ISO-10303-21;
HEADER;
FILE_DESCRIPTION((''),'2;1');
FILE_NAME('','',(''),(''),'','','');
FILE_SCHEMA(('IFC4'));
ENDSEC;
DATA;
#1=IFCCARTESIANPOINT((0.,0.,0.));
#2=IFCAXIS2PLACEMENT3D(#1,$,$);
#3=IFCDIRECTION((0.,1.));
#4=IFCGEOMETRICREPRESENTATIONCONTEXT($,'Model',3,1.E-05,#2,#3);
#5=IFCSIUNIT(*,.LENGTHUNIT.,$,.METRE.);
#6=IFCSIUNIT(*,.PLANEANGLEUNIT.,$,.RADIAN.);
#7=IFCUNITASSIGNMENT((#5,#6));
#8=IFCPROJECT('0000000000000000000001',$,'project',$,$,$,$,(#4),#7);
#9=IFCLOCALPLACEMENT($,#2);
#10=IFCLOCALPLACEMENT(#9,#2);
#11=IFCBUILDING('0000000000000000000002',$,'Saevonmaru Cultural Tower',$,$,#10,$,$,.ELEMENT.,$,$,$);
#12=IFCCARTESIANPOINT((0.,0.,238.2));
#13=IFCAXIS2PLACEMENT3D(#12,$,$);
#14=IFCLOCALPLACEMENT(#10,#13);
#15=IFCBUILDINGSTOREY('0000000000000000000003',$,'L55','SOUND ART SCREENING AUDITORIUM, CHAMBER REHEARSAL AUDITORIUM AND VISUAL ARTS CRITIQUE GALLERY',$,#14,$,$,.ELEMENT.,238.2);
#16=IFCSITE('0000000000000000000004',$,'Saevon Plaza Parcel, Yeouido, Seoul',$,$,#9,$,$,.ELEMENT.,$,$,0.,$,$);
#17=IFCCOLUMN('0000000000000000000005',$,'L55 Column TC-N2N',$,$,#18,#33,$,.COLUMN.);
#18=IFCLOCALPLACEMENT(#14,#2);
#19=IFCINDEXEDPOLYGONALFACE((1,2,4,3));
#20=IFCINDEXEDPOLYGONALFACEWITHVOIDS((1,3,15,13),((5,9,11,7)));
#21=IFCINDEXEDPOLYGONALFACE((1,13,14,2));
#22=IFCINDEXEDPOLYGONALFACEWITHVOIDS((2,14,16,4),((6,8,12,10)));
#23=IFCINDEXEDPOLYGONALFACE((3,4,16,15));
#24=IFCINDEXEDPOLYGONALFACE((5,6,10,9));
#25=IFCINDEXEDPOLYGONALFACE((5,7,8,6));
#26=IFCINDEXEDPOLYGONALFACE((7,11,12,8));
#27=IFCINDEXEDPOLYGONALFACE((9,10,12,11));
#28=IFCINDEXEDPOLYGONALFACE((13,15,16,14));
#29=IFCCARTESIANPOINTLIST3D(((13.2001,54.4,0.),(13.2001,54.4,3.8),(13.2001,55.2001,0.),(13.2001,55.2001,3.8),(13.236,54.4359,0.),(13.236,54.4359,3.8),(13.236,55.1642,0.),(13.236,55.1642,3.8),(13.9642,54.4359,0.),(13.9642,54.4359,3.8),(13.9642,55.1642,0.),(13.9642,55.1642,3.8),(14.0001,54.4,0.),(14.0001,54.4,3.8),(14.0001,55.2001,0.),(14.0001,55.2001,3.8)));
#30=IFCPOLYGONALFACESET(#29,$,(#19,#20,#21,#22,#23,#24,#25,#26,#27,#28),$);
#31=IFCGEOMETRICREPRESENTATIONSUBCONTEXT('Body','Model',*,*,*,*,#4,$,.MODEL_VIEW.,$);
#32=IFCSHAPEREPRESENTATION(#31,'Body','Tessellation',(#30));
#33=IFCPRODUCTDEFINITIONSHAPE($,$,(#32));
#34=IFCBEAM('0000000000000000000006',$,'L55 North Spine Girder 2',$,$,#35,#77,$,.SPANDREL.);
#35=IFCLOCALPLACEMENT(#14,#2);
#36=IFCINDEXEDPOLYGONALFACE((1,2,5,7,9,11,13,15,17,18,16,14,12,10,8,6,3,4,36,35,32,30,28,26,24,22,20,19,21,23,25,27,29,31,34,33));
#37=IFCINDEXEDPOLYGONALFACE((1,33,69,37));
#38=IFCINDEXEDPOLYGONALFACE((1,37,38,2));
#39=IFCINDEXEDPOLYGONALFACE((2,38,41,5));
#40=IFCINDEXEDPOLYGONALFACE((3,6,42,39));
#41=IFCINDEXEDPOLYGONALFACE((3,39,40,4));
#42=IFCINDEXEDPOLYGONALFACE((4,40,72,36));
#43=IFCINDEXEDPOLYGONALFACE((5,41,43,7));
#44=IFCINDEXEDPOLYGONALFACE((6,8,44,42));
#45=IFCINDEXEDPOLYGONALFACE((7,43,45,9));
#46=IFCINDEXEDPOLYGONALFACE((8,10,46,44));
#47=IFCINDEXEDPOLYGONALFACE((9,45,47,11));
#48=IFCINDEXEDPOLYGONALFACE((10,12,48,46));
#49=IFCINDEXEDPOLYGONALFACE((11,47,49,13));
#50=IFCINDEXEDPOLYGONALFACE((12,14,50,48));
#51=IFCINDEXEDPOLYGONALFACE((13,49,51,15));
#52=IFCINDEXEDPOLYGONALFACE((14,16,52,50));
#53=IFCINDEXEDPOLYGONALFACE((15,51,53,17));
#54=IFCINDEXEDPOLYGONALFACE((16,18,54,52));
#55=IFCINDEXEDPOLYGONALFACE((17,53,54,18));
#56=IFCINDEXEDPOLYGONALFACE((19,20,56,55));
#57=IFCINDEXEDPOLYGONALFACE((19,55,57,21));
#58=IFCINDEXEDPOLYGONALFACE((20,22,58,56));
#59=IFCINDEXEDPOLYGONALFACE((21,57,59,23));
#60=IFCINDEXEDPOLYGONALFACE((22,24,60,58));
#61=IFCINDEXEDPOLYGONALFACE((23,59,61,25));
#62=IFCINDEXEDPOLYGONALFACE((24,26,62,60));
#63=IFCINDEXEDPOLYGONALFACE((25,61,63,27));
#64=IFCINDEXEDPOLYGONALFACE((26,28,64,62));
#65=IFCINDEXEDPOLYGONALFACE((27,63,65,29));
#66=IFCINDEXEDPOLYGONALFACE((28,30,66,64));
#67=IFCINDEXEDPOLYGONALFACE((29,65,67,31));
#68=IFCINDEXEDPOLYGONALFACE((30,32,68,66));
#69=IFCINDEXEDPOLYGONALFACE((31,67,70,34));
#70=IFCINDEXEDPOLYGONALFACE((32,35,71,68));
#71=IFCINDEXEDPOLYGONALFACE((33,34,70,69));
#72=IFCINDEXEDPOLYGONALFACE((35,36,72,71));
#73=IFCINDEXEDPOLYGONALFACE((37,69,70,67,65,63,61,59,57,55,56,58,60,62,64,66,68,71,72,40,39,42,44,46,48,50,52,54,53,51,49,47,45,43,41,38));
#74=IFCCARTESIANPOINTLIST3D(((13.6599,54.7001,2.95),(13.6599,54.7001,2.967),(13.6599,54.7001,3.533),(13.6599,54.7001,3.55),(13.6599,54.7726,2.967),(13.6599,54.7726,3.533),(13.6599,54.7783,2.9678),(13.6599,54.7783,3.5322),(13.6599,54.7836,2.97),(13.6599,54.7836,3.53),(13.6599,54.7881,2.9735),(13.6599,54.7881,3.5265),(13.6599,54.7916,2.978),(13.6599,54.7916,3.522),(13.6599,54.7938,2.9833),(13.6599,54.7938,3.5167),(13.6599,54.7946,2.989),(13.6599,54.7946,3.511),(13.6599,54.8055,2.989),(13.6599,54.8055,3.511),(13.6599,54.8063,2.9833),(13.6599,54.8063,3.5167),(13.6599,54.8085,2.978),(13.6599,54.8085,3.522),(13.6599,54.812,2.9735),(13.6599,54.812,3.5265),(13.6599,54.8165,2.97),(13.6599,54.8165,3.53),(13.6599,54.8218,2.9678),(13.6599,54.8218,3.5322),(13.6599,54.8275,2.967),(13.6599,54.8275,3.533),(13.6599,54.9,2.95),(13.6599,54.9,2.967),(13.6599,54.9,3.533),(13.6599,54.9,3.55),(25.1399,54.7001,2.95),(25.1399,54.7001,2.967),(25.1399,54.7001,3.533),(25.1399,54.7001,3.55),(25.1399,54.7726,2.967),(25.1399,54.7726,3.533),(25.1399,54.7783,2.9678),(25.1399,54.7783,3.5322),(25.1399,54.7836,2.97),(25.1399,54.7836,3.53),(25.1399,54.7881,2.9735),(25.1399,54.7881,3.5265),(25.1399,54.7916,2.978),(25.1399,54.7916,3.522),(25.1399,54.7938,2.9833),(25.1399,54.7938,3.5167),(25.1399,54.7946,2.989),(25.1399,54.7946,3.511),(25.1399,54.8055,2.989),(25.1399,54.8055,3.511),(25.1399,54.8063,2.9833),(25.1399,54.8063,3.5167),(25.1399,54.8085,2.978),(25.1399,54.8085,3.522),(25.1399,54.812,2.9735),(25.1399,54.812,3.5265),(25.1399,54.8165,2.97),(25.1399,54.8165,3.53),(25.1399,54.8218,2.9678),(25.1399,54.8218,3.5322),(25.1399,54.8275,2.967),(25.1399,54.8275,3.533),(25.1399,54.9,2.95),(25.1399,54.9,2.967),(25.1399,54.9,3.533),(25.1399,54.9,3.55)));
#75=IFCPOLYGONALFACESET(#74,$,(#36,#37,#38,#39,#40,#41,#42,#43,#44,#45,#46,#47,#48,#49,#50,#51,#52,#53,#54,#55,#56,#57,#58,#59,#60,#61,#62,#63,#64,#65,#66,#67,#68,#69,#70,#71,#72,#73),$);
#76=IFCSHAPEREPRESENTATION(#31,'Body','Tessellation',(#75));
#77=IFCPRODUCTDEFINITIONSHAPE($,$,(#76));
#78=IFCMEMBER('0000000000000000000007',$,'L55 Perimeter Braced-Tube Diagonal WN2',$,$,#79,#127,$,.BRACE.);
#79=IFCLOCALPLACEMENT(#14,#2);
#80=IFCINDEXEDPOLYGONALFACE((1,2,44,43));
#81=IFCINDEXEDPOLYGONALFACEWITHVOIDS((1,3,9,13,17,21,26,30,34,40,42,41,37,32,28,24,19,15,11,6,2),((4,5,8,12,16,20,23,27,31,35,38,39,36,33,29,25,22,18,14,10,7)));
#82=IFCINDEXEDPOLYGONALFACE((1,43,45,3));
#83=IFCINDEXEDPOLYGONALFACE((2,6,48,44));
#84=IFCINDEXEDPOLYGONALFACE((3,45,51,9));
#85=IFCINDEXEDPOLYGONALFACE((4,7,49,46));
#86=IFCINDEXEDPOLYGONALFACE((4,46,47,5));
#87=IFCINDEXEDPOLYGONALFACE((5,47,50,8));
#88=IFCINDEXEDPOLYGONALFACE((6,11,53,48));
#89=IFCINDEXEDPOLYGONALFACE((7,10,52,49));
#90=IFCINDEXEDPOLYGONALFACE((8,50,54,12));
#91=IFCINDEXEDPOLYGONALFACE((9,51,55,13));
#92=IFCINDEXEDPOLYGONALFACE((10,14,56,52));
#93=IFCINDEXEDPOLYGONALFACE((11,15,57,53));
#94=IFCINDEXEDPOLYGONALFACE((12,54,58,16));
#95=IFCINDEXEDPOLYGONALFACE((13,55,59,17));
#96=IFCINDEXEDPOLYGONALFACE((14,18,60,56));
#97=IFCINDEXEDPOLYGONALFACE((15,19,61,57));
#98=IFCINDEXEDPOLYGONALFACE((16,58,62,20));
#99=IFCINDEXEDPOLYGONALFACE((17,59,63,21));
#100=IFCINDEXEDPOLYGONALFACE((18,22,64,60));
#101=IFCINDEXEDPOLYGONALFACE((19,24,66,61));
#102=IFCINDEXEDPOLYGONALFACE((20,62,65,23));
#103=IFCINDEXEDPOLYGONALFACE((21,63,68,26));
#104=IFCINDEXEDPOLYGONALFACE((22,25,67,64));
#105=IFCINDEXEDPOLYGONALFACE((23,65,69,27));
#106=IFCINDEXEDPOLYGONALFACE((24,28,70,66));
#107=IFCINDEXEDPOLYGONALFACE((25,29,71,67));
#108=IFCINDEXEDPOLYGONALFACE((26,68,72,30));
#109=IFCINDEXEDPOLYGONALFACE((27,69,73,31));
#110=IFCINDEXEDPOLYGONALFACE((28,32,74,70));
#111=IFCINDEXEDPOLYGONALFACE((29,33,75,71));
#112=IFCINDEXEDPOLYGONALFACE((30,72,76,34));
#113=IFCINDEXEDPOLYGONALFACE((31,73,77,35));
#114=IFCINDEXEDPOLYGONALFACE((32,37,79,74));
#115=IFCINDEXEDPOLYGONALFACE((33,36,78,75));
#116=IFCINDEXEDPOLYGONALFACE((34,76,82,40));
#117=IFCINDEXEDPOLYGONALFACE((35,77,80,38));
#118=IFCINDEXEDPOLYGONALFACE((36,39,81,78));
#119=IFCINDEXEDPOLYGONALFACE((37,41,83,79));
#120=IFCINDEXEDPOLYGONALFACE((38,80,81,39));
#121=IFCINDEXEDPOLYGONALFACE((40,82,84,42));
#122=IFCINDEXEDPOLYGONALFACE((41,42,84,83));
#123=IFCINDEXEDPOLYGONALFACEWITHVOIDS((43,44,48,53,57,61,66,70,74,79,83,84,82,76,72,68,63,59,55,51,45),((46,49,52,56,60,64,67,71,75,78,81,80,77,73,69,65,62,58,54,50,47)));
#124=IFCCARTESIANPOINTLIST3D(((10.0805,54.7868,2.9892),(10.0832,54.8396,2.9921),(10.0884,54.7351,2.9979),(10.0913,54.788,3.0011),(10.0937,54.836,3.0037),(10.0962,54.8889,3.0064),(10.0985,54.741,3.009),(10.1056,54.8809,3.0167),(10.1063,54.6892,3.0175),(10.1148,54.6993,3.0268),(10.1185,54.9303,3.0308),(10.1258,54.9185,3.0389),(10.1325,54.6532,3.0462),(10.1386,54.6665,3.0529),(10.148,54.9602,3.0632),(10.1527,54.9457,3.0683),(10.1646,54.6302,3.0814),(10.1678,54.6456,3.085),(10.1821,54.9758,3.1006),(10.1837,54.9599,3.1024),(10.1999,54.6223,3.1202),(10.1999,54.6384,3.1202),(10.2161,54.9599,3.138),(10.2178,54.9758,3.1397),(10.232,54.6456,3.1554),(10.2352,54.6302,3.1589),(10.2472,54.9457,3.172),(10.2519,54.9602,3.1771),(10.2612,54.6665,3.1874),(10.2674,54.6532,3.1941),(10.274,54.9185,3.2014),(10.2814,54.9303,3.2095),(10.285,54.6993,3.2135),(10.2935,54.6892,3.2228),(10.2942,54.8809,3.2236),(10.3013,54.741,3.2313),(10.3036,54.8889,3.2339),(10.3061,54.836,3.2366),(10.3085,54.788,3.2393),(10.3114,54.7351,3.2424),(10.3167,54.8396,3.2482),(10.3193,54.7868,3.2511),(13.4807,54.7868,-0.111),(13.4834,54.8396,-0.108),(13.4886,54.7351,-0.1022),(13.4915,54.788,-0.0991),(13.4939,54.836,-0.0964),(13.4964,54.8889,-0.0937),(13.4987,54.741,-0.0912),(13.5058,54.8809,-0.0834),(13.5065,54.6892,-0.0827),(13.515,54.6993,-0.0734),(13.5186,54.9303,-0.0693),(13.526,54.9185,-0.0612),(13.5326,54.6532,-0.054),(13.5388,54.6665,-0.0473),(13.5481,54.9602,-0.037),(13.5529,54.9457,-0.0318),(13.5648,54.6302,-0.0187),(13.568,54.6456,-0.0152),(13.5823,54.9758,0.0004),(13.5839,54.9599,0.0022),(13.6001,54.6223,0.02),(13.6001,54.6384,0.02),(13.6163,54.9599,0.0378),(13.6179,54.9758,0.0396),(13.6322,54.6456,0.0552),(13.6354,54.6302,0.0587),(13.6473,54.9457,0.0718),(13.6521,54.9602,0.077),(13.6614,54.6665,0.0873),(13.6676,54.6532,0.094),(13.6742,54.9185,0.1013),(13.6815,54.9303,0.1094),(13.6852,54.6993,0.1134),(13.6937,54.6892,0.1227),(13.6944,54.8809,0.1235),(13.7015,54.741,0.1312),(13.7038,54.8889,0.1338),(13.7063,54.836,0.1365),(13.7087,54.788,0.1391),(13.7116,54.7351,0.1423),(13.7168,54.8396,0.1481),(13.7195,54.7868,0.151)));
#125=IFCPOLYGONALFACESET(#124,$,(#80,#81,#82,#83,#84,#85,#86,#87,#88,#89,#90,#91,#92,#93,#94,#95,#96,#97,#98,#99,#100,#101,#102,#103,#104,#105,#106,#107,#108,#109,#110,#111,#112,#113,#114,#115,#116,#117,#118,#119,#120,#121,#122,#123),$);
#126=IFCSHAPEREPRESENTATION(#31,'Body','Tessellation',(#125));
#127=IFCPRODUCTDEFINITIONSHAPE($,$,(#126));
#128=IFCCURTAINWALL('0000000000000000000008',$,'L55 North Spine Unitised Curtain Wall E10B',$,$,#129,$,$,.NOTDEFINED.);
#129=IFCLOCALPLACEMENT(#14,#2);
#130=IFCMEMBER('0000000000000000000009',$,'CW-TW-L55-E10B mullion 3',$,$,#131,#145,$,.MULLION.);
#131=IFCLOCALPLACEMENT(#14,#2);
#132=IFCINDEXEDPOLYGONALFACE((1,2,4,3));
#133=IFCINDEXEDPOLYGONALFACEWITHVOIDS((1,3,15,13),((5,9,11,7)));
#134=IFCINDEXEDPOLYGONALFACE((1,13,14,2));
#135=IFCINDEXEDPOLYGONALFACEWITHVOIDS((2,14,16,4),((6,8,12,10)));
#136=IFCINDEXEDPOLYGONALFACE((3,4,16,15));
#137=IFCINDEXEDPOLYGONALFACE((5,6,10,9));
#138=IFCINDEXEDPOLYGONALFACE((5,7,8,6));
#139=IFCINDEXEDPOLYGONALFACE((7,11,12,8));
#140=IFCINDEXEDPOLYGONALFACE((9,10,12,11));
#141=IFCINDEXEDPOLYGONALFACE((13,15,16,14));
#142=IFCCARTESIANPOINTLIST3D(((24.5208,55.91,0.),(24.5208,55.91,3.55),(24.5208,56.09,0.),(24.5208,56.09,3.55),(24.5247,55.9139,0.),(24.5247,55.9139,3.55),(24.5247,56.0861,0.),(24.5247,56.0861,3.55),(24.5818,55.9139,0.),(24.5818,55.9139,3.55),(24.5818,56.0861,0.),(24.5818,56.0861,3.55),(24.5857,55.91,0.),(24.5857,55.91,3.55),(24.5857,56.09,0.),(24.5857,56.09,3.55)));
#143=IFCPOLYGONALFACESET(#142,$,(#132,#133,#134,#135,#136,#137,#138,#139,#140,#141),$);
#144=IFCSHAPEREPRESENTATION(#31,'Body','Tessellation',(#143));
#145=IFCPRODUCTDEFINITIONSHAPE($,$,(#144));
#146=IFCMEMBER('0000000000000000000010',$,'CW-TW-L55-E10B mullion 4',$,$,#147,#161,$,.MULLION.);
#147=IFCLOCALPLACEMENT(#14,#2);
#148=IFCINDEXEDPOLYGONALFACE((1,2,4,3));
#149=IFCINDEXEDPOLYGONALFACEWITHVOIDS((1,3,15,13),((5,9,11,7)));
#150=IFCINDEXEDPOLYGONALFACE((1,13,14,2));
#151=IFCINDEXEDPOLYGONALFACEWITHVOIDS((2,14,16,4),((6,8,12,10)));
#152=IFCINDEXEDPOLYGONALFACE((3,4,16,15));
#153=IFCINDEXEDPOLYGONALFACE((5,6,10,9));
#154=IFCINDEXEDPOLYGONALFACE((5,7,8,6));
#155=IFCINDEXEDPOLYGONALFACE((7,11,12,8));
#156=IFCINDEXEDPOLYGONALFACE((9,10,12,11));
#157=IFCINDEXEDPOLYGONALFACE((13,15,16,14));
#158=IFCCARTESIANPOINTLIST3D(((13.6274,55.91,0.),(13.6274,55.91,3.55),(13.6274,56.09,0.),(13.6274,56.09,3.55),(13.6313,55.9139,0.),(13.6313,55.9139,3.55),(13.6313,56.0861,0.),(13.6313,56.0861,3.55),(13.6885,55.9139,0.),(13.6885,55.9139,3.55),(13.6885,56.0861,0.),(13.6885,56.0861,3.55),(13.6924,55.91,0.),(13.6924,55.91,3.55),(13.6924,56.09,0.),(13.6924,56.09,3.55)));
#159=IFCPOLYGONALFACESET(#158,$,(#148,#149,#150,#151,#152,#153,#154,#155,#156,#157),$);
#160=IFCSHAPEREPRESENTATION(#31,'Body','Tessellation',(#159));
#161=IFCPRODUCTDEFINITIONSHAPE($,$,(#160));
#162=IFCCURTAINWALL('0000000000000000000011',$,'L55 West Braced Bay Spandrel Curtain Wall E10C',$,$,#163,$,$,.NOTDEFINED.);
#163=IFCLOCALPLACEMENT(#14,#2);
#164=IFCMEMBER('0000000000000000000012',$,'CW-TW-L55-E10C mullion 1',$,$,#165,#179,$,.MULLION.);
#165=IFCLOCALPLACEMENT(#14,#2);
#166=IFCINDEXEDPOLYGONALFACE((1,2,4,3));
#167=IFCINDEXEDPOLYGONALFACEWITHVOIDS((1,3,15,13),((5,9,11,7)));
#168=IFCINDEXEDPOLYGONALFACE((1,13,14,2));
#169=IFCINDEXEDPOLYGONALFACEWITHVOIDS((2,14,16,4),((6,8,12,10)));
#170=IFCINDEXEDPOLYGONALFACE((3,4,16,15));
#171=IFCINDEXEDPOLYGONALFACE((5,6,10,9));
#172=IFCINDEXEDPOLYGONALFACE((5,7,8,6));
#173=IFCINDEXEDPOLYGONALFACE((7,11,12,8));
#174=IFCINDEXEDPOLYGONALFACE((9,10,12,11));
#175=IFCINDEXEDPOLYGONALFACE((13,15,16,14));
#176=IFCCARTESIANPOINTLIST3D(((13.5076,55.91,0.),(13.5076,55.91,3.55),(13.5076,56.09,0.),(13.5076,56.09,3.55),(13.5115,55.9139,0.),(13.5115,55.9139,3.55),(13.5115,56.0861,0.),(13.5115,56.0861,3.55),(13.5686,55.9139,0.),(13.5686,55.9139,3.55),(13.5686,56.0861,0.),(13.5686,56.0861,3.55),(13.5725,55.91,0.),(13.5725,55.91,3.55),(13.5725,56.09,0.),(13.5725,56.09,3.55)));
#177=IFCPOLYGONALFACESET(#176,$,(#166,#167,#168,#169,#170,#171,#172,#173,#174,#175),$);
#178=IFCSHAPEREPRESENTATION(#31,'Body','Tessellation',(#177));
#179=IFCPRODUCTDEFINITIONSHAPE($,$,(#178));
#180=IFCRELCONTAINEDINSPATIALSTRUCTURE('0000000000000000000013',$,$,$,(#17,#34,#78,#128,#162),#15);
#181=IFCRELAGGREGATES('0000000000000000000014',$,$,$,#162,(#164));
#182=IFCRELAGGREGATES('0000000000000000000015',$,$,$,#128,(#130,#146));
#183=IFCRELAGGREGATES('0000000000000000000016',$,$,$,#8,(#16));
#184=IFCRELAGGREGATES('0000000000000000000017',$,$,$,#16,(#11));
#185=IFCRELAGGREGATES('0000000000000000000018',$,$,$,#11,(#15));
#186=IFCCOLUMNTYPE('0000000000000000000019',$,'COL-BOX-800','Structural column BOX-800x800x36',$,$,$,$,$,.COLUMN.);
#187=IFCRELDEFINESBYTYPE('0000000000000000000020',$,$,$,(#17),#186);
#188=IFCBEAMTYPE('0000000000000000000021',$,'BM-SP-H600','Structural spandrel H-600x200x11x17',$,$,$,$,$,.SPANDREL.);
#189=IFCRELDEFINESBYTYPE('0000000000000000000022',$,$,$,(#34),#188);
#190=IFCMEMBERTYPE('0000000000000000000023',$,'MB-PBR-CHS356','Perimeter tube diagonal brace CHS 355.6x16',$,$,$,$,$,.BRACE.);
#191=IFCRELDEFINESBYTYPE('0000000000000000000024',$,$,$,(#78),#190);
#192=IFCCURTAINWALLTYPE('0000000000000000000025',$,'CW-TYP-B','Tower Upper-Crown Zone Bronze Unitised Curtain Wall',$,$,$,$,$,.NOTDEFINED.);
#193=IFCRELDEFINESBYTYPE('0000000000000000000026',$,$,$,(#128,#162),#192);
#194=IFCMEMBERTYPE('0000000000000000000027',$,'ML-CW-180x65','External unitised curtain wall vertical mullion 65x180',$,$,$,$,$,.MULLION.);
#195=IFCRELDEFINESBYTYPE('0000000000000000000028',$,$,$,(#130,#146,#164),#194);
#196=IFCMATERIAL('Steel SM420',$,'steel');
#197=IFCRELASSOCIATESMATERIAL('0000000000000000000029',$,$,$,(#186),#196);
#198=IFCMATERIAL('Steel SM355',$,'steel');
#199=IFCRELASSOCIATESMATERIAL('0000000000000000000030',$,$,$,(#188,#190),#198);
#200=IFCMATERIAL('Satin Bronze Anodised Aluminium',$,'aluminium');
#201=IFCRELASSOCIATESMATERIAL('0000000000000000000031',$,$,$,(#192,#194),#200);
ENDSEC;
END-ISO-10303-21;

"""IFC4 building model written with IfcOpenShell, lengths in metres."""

from ifc_helpers import new_model, si_unit, direction, frame, origin, origin_2d, place, context, subcontext, project, spatial, hollow_rectangle, hollow_circle, i_section, extrude, material, material_profile, profile_set, type_object, element, aggregate, save


model = new_model("IFC4")

# Units and contexts
model_context = context("Model", 3, precision=1e-05, world=origin(), true_north=direction((0.0, 1.0)))
body_context = subcontext(model_context, "Body", "Model", "MODEL_VIEW")
ifc_project = project(units=[si_unit("LENGTHUNIT", "METRE"), si_unit("PLANEANGLEUNIT", "RADIAN")], contexts=[model_context])

# Site, building, storey
site_placement = place(None, origin())
site = spatial("IfcSite", under=ifc_project, at=site_placement, Name="Saevon Plaza Parcel, Yeouido, Seoul", CompositionType="ELEMENT", RefElevation=0.0)
building_placement = place(site_placement, origin())
building = spatial("IfcBuilding", under=site, at=building_placement, Name="Saevonmaru Cultural Tower", CompositionType="ELEMENT")
storey_placement = place(building_placement, frame((0.0, 0.0, 238.2)))
storey = spatial("IfcBuildingStorey", under=building, at=storey_placement, Name="L55", Description="SOUND ART SCREENING AUDITORIUM, CHAMBER REHEARSAL AUDITORIUM AND VISUAL ARTS CRITIQUE GALLERY", CompositionType="ELEMENT", Elevation=238.2)

# Column
ifc_material_1 = material(Name="Steel SM420", Category="steel")
ifc_material_profile_1 = material_profile(ifc_material_1, hollow_rectangle(XDim=0.8, YDim=0.8, WallThickness=0.0359, at=origin_2d()), Name="BOX-800x800x36")
ifc_profile_set_1 = profile_set([ifc_material_profile_1], Name="Steel SM420")
column_type = type_object("IfcColumnType", Name="COL-BOX-800", Description="Structural column BOX-800x800x36", PredefinedType="COLUMN", material=ifc_profile_set_1)
column_placement = place(storey_placement, frame((13.6001, 54.8, 0.0), z_axis=(0.0, 0.0, 1.0), x_axis=(1.0, 0.0, 0.0)))
element("IfcColumn", 1, at=column_placement, inside=storey, type_object=column_type, Name="L55 Column TC-N2N", PredefinedType="COLUMN", context=body_context, shape_type="SweptSolid", body=[
    extrude(hollow_rectangle(XDim=0.8, YDim=0.8, WallThickness=0.0359, at=origin_2d()), origin(), (0.0, 0.0, 1.0), 3.8),
])

# Beam
ifc_material_2 = material(Name="Steel SM355", Category="steel")
ifc_material_profile_2 = material_profile(ifc_material_2, i_section(OverallWidth=0.2, OverallDepth=0.6001, WebThickness=0.011, FlangeThickness=0.0171, FilletRadius=0.022, at=origin_2d()), Name="H-600x200x11x17")
ifc_profile_set_2 = profile_set([ifc_material_profile_2], Name="Steel SM355")
beam_type = type_object("IfcBeamType", Name="BM-SP-H600", Description="Structural spandrel H-600x200x11x17", PredefinedType="SPANDREL", material=ifc_profile_set_2)
beam_placement = place(storey_placement, frame((13.6599, 54.8, 3.25), z_axis=(1.0, 0.0, 0.0), x_axis=(0.0, 1.0, 0.0)))
element("IfcBeam", 2, at=beam_placement, inside=storey, type_object=beam_type, Name="L55 North Spine Girder 2", PredefinedType="SPANDREL", context=body_context, shape_type="SweptSolid", body=[
    extrude(i_section(OverallWidth=0.2, OverallDepth=0.6001, WebThickness=0.011, FlangeThickness=0.0171, FilletRadius=0.022, at=origin_2d()), origin(), (0.0, 0.0, 1.0), 11.48),
])

# Member
ifc_material_profile_3 = material_profile(ifc_material_2, hollow_circle(Radius=0.1777, WallThickness=0.0161, at=origin_2d()), Name="CHS-355.6x16")
ifc_profile_set_3 = profile_set([ifc_material_profile_3], Name="Steel SM355")
member_type_1 = type_object("IfcMemberType", Name="MB-PBR-CHS356", Description="Perimeter tube diagonal brace CHS 355.6x16", PredefinedType="BRACE", material=ifc_profile_set_3)
member_1_placement = place(storey_placement, frame((13.6001, 54.8, 0.02), z_axis=(-0.73896, 0.0, 0.67375), x_axis=(0.0, -1.0, 0.0)))
element("IfcMember", 3, at=member_1_placement, inside=storey, type_object=member_type_1, Name="L55 Perimeter Braced-Tube Diagonal WN2", PredefinedType="BRACE", context=body_context, shape_type="SweptSolid", body=[
    extrude(hollow_circle(Radius=0.1777, WallThickness=0.0161, at=origin_2d()), origin(), (0.0, 0.0, 1.0), 4.6013),
])

# Curtain wall, members
ifc_material_3 = material(Name="Satin Bronze Anodised Aluminium", Category="aluminium")
curtain_wall_type = type_object("IfcCurtainWallType", Name="CW-TYP-B", Description="Tower Upper-Crown Zone Bronze Unitised Curtain Wall", PredefinedType="NOTDEFINED", material=ifc_material_3)
curtain_wall_1_placement = place(storey_placement, origin())
curtain_wall_1 = element("IfcCurtainWall", 4, at=curtain_wall_1_placement, inside=storey, type_object=curtain_wall_type, Name="L55 North Spine Unitised Curtain Wall E10B", PredefinedType="NOTDEFINED")
ifc_material_profile_4 = material_profile(ifc_material_3, hollow_rectangle(XDim=0.0649, YDim=0.1799, WallThickness=0.0039, at=origin_2d()), Name="ALU-MULL-180x65x4")
ifc_profile_set_4 = profile_set([ifc_material_profile_4], Name="Satin Bronze Anodised Aluminium")
member_type_2 = type_object("IfcMemberType", Name="ML-CW-180x65", Description="External unitised curtain wall vertical mullion 65x180", PredefinedType="MULLION", material=ifc_profile_set_4)
member_2_placement = place(storey_placement, frame((24.5532, 56.0, 0.0), z_axis=(0.0, 0.0, 1.0), x_axis=(-1.0, 0.0, 0.0)))
member_2 = element("IfcMember", 5, at=member_2_placement, type_object=member_type_2, Name="CW-TW-L55-E10B mullion 3", PredefinedType="MULLION", context=body_context, shape_type="SweptSolid", body=[
    extrude(hollow_rectangle(XDim=0.0649, YDim=0.1799, WallThickness=0.0039, at=origin_2d()), origin(), (0.0, 0.0, 1.0), 3.55),
])
member_3_placement = place(storey_placement, frame((13.6599, 56.0, 0.0), z_axis=(0.0, 0.0, 1.0), x_axis=(-1.0, 0.0, 0.0)))
member_3 = element("IfcMember", 6, at=member_3_placement, type_object=member_type_2, Name="CW-TW-L55-E10B mullion 4", PredefinedType="MULLION", context=body_context, shape_type="SweptSolid", body=[
    extrude(hollow_rectangle(XDim=0.0649, YDim=0.1799, WallThickness=0.0039, at=origin_2d()), origin(), (0.0, 0.0, 1.0), 3.55),
])

# Curtain wall, member
curtain_wall_2_placement = place(storey_placement, origin())
curtain_wall_2 = element("IfcCurtainWall", 7, at=curtain_wall_2_placement, inside=storey, type_object=curtain_wall_type, Name="L55 West Braced Bay Spandrel Curtain Wall E10C", PredefinedType="NOTDEFINED")
member_4_placement = place(storey_placement, frame((13.54, 56.0, 0.0), z_axis=(0.0, 0.0, 1.0), x_axis=(-1.0, 0.0, 0.0)))
member_4 = element("IfcMember", 8, at=member_4_placement, type_object=member_type_2, Name="CW-TW-L55-E10C mullion 1", PredefinedType="MULLION", context=body_context, shape_type="SweptSolid", body=[
    extrude(hollow_rectangle(XDim=0.0649, YDim=0.1799, WallThickness=0.0039, at=origin_2d()), origin(), (0.0, 0.0, 1.0), 3.55),
])

aggregate(curtain_wall_2, [member_4])

aggregate(curtain_wall_1, [member_2, member_3])

save(model, "model.ifc")
